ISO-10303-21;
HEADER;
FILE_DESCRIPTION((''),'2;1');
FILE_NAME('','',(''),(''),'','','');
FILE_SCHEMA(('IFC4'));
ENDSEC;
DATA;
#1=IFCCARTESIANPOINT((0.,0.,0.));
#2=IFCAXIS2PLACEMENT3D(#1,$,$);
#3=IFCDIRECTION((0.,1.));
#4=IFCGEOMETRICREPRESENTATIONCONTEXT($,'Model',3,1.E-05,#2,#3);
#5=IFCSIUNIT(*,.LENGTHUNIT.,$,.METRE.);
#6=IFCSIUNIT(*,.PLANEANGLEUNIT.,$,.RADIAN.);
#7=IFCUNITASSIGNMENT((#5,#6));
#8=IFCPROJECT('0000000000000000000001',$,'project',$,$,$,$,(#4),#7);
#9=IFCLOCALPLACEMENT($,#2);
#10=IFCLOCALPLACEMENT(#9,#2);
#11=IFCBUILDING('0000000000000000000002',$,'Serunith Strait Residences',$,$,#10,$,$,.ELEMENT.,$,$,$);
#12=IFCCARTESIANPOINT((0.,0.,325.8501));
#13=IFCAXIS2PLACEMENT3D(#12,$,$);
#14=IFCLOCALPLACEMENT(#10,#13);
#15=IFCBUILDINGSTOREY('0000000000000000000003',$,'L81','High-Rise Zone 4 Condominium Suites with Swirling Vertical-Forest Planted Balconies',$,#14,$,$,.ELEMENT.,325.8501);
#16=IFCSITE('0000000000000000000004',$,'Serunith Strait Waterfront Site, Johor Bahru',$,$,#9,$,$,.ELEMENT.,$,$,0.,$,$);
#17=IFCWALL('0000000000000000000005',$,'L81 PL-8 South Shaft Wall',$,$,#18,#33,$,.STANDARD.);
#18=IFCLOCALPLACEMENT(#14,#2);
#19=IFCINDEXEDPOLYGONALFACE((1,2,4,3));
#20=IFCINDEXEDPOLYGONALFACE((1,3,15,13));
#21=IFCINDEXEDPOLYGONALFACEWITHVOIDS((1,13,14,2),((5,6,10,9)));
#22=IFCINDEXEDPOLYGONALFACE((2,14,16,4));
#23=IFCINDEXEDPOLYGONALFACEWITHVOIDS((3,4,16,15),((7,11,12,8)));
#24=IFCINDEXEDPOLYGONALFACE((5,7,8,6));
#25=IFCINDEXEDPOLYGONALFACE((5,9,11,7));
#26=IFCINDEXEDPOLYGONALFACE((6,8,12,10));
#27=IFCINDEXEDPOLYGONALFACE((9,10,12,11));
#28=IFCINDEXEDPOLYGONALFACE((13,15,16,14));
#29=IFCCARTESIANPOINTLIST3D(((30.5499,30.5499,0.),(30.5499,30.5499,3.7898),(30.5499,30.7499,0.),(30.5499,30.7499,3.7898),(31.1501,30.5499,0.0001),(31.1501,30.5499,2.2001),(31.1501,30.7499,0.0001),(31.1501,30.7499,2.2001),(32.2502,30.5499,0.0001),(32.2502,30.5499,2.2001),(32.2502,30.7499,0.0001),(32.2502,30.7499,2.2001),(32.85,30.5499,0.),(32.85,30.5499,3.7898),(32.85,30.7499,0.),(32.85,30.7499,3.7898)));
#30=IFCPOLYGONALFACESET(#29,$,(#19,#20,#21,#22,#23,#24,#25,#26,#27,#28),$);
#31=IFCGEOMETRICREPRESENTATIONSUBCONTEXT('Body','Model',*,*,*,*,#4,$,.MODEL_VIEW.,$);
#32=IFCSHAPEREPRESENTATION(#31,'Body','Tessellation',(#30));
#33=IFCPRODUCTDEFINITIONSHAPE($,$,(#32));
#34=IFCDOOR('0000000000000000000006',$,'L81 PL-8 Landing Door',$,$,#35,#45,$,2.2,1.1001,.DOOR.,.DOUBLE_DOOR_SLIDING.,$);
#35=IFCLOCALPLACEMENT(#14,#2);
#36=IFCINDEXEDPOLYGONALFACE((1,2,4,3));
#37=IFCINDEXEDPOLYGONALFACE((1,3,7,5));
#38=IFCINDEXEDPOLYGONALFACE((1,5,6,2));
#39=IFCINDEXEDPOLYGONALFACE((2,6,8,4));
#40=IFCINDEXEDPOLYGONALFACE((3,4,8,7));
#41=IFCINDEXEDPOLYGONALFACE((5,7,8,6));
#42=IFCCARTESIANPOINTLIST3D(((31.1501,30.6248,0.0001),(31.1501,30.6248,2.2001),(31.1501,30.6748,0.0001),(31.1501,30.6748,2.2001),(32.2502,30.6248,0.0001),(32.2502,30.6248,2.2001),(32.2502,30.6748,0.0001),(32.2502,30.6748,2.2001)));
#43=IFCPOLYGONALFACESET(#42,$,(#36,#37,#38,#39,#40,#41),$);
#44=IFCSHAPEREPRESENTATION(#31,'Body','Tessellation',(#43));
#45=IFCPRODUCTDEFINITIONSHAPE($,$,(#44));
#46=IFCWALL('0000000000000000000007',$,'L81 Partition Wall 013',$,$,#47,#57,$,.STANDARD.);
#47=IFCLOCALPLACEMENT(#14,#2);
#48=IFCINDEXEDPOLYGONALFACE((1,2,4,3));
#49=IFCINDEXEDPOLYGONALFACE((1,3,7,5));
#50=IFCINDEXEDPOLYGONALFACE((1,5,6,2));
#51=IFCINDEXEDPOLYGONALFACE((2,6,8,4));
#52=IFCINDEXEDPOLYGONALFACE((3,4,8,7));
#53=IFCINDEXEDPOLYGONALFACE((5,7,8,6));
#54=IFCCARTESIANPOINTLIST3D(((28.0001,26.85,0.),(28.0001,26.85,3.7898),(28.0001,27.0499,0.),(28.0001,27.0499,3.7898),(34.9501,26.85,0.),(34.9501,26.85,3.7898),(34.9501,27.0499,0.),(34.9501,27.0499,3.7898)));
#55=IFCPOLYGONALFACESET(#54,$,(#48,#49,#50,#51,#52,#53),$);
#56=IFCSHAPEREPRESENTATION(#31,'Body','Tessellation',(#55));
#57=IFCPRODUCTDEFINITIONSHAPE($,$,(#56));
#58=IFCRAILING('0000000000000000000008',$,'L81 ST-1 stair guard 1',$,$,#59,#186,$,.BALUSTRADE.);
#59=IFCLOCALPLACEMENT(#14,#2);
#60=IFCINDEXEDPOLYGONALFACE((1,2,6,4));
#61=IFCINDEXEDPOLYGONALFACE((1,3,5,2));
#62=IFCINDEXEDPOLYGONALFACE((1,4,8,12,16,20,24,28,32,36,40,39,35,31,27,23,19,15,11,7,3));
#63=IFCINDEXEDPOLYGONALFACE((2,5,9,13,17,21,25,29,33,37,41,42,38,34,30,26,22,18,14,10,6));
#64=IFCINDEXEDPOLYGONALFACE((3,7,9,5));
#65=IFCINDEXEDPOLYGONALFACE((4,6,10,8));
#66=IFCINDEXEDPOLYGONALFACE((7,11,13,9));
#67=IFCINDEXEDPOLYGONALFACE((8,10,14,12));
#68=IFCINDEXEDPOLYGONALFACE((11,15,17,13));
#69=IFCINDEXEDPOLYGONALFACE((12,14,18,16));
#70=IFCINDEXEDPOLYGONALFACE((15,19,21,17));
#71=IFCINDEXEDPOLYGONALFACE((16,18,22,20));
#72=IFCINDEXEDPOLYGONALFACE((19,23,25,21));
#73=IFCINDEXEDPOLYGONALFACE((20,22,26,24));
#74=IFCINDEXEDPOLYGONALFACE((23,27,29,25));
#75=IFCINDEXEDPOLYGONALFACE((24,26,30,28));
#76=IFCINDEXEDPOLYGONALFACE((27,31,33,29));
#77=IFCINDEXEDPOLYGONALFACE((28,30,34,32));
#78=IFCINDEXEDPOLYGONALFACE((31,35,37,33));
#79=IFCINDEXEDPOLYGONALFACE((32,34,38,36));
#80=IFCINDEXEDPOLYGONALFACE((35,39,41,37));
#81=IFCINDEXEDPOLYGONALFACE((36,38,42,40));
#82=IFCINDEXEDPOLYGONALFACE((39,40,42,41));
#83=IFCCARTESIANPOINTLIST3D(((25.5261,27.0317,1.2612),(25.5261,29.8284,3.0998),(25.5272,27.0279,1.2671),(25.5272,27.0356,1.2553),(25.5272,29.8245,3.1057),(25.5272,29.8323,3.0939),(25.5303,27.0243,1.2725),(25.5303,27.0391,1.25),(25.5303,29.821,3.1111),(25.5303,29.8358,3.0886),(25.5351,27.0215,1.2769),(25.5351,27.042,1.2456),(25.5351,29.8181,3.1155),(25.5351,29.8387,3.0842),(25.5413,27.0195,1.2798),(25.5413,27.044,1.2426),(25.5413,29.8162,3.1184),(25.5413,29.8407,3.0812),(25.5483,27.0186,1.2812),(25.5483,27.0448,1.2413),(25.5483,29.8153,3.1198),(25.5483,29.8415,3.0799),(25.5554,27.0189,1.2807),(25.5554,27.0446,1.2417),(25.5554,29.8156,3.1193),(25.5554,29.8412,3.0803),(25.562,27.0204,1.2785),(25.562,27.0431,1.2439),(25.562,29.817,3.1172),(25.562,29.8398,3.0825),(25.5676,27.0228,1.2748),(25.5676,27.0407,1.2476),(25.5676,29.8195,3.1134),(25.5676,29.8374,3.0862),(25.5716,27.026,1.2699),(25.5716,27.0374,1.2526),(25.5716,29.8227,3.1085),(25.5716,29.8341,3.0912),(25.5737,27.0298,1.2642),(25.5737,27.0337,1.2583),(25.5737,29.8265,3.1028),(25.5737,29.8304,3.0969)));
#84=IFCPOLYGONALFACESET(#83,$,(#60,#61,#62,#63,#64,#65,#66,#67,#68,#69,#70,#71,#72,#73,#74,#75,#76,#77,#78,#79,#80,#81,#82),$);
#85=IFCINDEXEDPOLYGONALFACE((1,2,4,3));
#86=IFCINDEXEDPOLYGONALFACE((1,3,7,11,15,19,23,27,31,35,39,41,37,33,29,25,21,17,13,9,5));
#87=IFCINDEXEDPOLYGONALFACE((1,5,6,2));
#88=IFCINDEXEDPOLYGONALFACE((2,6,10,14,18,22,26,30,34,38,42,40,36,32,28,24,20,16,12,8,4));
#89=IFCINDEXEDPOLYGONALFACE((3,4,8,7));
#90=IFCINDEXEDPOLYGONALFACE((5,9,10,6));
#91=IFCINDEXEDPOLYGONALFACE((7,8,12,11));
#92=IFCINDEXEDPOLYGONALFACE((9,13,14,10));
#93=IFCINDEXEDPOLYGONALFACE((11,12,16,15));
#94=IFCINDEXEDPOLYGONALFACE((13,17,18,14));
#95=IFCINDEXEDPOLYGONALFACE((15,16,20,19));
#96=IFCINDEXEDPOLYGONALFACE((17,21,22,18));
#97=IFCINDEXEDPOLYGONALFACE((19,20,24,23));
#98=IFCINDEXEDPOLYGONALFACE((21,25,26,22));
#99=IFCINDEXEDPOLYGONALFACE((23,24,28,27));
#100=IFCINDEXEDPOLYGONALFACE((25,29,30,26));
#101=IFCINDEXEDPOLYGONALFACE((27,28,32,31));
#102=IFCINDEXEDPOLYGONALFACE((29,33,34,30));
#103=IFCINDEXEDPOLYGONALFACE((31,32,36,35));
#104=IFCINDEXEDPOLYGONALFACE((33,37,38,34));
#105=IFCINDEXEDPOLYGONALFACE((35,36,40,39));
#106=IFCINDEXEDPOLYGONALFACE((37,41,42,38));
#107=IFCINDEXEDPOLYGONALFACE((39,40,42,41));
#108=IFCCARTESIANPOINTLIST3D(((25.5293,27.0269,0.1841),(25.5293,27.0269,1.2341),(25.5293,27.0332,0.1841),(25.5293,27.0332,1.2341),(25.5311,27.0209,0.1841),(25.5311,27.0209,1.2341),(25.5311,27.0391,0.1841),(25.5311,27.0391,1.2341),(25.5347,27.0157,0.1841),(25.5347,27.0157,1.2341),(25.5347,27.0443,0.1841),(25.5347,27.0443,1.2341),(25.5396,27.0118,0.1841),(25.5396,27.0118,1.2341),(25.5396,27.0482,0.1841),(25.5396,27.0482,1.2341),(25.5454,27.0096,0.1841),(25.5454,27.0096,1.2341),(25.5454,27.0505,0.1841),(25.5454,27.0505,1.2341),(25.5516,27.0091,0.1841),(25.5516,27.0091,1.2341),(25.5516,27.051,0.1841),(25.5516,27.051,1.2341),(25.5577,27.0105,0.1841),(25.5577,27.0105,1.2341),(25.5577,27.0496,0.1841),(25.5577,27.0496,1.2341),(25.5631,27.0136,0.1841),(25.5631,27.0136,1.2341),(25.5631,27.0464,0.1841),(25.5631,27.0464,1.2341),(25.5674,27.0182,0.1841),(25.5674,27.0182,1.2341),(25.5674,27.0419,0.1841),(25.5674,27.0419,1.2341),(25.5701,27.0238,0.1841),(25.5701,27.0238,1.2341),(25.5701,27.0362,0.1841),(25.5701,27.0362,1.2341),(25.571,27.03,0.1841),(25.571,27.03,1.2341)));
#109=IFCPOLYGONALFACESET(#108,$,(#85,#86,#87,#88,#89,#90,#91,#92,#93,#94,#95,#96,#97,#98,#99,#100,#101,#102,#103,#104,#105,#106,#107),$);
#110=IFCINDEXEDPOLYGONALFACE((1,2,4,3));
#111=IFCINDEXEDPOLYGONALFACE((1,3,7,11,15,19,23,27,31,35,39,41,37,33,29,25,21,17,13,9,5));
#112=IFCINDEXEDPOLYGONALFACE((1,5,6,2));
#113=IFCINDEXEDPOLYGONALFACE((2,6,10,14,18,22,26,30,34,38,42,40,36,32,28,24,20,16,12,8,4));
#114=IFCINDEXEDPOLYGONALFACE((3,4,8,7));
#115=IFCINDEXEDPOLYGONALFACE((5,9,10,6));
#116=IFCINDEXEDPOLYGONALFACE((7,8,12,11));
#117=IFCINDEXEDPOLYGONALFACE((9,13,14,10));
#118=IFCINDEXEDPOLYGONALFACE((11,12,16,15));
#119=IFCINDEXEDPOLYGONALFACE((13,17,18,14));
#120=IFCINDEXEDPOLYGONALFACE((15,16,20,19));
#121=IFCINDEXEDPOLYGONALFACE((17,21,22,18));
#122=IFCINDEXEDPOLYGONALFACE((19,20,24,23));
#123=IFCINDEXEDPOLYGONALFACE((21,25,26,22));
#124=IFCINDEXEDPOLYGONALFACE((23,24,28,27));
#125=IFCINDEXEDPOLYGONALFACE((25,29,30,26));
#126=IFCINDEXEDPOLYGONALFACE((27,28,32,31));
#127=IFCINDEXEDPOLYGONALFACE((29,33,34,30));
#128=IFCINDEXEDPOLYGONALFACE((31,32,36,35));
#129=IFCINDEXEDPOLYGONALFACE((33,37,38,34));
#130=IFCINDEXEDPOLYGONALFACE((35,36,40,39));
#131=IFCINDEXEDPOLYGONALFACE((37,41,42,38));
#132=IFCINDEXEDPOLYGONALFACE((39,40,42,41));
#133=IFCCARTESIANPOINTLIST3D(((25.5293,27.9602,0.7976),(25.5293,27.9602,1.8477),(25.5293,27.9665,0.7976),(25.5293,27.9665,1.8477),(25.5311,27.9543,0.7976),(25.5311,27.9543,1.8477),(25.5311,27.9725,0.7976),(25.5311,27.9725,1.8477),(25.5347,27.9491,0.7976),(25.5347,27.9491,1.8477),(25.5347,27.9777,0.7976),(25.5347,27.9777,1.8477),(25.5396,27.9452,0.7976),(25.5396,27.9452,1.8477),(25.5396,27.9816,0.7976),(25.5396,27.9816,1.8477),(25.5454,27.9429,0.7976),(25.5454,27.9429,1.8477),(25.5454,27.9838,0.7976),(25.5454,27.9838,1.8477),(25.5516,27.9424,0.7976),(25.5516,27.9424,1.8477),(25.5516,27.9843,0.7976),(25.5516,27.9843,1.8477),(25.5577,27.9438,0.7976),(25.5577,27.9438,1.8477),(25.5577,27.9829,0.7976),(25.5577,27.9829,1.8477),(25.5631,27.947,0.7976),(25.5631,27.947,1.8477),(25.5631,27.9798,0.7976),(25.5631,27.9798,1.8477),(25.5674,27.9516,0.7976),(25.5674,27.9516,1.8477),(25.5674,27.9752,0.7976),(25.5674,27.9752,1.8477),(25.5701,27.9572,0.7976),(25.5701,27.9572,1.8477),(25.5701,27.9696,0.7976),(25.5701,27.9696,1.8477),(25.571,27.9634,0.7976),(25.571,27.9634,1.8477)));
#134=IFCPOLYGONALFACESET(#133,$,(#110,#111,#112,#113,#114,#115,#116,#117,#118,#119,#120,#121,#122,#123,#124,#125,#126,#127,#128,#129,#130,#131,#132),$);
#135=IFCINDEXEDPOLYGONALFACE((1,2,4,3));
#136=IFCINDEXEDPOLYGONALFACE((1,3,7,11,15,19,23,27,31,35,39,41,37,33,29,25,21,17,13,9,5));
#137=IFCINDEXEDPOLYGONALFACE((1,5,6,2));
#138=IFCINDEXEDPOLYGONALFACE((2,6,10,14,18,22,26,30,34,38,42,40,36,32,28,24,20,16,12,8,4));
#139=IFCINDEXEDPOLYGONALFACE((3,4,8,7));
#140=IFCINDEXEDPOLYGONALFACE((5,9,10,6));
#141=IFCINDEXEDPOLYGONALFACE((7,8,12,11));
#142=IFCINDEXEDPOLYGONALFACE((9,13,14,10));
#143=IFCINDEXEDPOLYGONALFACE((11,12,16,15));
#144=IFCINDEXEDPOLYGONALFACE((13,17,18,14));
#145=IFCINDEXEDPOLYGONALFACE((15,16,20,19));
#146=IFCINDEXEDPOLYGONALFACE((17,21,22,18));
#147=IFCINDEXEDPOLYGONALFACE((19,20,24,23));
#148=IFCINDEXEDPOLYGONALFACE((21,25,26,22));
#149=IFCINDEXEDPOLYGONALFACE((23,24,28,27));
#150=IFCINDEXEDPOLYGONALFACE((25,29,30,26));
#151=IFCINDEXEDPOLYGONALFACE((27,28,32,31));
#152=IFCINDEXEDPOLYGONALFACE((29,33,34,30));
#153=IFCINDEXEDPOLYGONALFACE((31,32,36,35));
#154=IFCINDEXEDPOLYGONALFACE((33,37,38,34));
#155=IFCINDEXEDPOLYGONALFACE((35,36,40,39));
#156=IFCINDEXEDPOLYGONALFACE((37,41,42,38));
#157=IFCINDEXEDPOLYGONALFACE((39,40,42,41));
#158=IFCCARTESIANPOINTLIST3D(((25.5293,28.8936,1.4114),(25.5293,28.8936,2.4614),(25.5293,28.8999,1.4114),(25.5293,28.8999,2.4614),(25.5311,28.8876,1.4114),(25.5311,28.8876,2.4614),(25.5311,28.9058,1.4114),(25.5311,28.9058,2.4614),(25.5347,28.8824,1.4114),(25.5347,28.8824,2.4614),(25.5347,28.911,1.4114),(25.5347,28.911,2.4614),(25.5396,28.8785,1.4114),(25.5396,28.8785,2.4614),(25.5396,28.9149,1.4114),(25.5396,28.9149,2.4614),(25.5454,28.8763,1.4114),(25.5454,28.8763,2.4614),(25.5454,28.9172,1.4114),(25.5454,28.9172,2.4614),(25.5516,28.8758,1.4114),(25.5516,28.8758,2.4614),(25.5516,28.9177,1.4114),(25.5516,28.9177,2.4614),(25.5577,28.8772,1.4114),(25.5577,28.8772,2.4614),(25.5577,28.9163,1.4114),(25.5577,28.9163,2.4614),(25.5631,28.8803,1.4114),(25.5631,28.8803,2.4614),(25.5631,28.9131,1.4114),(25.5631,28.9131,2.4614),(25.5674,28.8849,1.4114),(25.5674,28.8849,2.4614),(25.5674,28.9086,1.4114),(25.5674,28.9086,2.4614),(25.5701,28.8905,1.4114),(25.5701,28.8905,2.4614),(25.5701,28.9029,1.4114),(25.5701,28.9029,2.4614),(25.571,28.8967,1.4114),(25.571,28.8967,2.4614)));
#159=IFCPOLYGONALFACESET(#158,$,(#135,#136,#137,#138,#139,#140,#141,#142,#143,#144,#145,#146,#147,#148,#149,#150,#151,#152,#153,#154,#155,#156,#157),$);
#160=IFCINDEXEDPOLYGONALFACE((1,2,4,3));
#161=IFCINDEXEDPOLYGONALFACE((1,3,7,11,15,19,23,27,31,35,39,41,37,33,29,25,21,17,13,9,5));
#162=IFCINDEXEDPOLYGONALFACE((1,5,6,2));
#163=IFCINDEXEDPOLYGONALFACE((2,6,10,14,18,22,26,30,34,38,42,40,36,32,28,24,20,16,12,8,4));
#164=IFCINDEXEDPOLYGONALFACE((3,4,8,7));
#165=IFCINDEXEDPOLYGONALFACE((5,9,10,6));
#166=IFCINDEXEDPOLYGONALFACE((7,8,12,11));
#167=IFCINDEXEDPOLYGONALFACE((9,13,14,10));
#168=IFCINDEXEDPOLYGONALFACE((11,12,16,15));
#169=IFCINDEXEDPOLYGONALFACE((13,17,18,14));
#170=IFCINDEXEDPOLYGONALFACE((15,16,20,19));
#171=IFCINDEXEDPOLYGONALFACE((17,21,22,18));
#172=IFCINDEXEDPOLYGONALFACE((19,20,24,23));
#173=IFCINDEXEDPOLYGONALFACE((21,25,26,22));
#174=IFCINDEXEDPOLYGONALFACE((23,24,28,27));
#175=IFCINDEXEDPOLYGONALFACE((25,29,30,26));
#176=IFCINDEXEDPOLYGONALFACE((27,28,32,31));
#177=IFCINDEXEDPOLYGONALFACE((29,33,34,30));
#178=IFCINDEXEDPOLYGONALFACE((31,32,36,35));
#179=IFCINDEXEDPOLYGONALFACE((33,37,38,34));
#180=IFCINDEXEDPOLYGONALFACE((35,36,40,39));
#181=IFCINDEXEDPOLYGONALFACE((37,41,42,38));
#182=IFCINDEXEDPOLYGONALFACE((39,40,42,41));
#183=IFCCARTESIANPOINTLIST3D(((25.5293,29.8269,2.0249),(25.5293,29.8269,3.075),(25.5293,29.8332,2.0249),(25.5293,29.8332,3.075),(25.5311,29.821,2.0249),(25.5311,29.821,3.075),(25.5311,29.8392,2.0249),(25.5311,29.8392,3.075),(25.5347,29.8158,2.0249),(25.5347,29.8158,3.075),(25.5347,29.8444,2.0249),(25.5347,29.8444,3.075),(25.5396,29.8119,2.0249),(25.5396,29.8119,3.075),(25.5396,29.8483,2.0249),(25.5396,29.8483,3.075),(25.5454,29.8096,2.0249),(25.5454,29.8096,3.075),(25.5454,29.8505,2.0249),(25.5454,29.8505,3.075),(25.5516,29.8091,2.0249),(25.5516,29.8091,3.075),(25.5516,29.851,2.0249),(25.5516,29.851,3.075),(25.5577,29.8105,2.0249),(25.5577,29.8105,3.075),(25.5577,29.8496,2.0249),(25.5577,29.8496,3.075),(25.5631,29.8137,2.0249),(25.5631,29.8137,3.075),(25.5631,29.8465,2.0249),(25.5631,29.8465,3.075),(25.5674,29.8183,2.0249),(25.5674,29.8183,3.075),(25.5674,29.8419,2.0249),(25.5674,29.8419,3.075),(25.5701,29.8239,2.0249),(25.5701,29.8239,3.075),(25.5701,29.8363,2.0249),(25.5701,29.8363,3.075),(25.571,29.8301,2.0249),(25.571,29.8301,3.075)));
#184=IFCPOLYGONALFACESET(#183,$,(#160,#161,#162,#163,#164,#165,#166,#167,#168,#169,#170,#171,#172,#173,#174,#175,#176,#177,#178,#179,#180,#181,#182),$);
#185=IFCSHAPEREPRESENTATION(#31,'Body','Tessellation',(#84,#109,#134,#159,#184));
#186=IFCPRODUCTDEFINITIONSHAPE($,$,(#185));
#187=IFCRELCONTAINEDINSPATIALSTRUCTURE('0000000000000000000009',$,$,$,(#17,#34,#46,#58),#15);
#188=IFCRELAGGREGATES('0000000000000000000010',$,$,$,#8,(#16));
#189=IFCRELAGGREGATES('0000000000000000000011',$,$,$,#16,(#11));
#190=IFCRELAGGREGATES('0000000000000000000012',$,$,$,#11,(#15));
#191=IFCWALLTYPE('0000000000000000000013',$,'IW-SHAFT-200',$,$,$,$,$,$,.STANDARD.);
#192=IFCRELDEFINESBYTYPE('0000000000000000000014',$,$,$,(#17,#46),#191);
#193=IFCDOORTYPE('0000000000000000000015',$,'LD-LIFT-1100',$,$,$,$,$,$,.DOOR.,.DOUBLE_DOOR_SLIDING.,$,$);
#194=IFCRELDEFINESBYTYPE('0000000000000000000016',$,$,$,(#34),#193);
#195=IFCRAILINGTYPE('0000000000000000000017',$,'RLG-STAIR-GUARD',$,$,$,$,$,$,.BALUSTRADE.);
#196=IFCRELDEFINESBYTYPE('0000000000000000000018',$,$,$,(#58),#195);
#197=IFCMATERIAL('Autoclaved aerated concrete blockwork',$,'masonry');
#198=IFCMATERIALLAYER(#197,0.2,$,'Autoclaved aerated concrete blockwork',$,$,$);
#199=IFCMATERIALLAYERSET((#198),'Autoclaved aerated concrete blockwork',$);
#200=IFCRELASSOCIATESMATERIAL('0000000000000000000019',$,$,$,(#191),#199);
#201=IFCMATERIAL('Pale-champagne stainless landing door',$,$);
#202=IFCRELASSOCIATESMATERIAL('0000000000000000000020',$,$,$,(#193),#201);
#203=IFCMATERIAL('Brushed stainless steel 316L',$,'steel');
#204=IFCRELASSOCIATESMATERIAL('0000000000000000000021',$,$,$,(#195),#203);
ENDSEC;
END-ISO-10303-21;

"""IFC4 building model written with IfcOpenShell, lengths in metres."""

from ifc_helpers import new_model, si_unit, direction, frame, frame_2d, origin, origin_2d, place, context, subcontext, project, spatial, rectangle, circle, extrude, source, transform, mapped, material, layer, layer_set, type_object, element, fill, save


model = new_model("IFC4")

# Units and contexts
model_context = context("Model", 3, precision=1e-05, world=origin(), true_north=direction((0.0, 1.0)))
body_context = subcontext(model_context, "Body", "Model", "MODEL_VIEW")
ifc_project = project(units=[si_unit("LENGTHUNIT", "METRE"), si_unit("PLANEANGLEUNIT", "RADIAN")], contexts=[model_context])

# Site, building, storey
site_placement = place(None, origin())
site = spatial("IfcSite", under=ifc_project, at=site_placement, Name="Serunith Strait Waterfront Site, Johor Bahru", CompositionType="ELEMENT", RefElevation=0.0)
building_placement = place(site_placement, origin())
building = spatial("IfcBuilding", under=site, at=building_placement, Name="Serunith Strait Residences", CompositionType="ELEMENT")
storey_placement = place(building_placement, frame((0.0, 0.0, 325.8501)))
storey = spatial("IfcBuildingStorey", under=building, at=storey_placement, Name="L81", Description="High-Rise Zone 4 Condominium Suites with Swirling Vertical-Forest Planted Balconies", CompositionType="ELEMENT", Elevation=325.8501)

# Wall, opening, door
ifc_material_1 = material(Name="Autoclaved aerated concrete blockwork", Category="masonry")
ifc_layer_1 = layer(ifc_material_1, 0.2, Name="Autoclaved aerated concrete blockwork")
ifc_layer_set_1 = layer_set([ifc_layer_1], Name="Autoclaved aerated concrete blockwork")
wall_type_1 = type_object("IfcWallType", Name="IW-SHAFT-200", PredefinedType="STANDARD", material=ifc_layer_set_1)
ifc_material_2 = material(Name="Pale-champagne stainless landing door")
door_type_1 = type_object("IfcDoorType", Name="LD-LIFT-1100", OperationType="DOUBLE_DOOR_SLIDING", PredefinedType="DOOR", material=ifc_material_2)
shared_shape_1 = source(origin(), body_context, "Body", "SweptSolid", [
    extrude(rectangle(XDim=1.1001, YDim=2.2, at=frame_2d((0.55, 1.1001))), frame((0.0, 0.0249, 0.0), z_axis=(0.0, -1.0, 0.0), x_axis=(1.0, 0.0, 0.0)), (0.0, 0.0, 1.0), 0.05),
])
wall_1_placement = place(storey_placement, frame((30.55, 30.6499, 0.0), z_axis=(0.0, 0.0, 1.0), x_axis=(1.0, 0.0, 0.0)))
wall_1 = element("IfcWall", 1, at=wall_1_placement, inside=storey, type_object=wall_type_1, Name="L81 PL-8 South Shaft Wall", PredefinedType="STANDARD", context=body_context, shape_type="SweptSolid", body=[
    extrude(rectangle(XDim=2.3, YDim=0.2, at=frame_2d((1.1499, 0.0))), origin(), (0.0, 0.0, 1.0), 3.7898),
])
opening_1_placement = place(wall_1_placement, frame((0.6001, 0.0, 0.0)))
opening_1 = element("IfcOpeningElement", 2, at=opening_1_placement, cuts=wall_1, PredefinedType="OPENING", context=body_context, shape_type="SweptSolid", body=[
    extrude(rectangle(XDim=1.1001, YDim=2.2, at=frame_2d((0.55, 1.1001))), frame((0.0, 0.1099, 0.0), z_axis=(0.0, -1.0, 0.0), x_axis=(1.0, 0.0, 0.0)), (0.0, 0.0, 1.0), 0.22),
])
door_1_placement = place(opening_1_placement, origin())
door_1 = element("IfcDoor", 3, at=door_1_placement, inside=storey, type_object=door_type_1, Name="L81 PL-8 Landing Door", OperationType="DOUBLE_DOOR_SLIDING", OverallHeight=2.2, OverallWidth=1.1001, PredefinedType="DOOR", context=body_context, shape_type="MappedRepresentation", body=[
    mapped(shared_shape_1, transform((0.0, 0.0, 0.0), scale=1.0)),
])
fill(opening_1, door_1)

# Wall
wall_2_placement = place(storey_placement, frame((28.0, 26.95, 0.0), z_axis=(0.0, 0.0, 1.0), x_axis=(1.0, 0.0, 0.0)))
element("IfcWall", 4, at=wall_2_placement, inside=storey, type_object=wall_type_1, Name="L81 Partition Wall 013", PredefinedType="STANDARD", context=body_context, shape_type="SweptSolid", body=[
    extrude(rectangle(XDim=6.95, YDim=0.2, at=frame_2d((3.4751, 0.0))), origin(), (0.0, 0.0, 1.0), 3.7898),
])

# Railing
ifc_material_3 = material(Name="Brushed stainless steel 316L", Category="steel")
railing_type_1 = type_object("IfcRailingType", Name="RLG-STAIR-GUARD", PredefinedType="BALUSTRADE", material=ifc_material_3)
railing_1_placement = place(storey_placement, frame((25.55, 27.03, 0.1841)))
element("IfcRailing", 5, at=railing_1_placement, inside=storey, type_object=railing_type_1, Name="L81 ST-1 stair guard 1", PredefinedType="BALUSTRADE", context=body_context, shape_type="SweptSolid", body=[
    extrude(circle(Radius=0.0239, at=origin_2d()), frame((0.0, 0.0017, 1.0771), z_axis=(0.0, 0.835598, 0.549342), x_axis=(-1.0, 0.0, 0.0)), (0.0, 0.0, 1.0), 3.3469),
    extrude(circle(Radius=0.021, at=origin_2d()), origin(), (0.0, 0.0, 1.0), 1.05),
    extrude(circle(Radius=0.021, at=origin_2d()), frame((0.0, 0.9333, 0.6135)), (0.0, 0.0, 1.0), 1.05),
    extrude(circle(Radius=0.021, at=origin_2d()), frame((0.0, 1.8667, 1.2273)), (0.0, 0.0, 1.0), 1.05),
    extrude(circle(Radius=0.021, at=origin_2d()), frame((0.0, 2.8, 1.8408)), (0.0, 0.0, 1.0), 1.05),
])

save(model, "model.ifc")
